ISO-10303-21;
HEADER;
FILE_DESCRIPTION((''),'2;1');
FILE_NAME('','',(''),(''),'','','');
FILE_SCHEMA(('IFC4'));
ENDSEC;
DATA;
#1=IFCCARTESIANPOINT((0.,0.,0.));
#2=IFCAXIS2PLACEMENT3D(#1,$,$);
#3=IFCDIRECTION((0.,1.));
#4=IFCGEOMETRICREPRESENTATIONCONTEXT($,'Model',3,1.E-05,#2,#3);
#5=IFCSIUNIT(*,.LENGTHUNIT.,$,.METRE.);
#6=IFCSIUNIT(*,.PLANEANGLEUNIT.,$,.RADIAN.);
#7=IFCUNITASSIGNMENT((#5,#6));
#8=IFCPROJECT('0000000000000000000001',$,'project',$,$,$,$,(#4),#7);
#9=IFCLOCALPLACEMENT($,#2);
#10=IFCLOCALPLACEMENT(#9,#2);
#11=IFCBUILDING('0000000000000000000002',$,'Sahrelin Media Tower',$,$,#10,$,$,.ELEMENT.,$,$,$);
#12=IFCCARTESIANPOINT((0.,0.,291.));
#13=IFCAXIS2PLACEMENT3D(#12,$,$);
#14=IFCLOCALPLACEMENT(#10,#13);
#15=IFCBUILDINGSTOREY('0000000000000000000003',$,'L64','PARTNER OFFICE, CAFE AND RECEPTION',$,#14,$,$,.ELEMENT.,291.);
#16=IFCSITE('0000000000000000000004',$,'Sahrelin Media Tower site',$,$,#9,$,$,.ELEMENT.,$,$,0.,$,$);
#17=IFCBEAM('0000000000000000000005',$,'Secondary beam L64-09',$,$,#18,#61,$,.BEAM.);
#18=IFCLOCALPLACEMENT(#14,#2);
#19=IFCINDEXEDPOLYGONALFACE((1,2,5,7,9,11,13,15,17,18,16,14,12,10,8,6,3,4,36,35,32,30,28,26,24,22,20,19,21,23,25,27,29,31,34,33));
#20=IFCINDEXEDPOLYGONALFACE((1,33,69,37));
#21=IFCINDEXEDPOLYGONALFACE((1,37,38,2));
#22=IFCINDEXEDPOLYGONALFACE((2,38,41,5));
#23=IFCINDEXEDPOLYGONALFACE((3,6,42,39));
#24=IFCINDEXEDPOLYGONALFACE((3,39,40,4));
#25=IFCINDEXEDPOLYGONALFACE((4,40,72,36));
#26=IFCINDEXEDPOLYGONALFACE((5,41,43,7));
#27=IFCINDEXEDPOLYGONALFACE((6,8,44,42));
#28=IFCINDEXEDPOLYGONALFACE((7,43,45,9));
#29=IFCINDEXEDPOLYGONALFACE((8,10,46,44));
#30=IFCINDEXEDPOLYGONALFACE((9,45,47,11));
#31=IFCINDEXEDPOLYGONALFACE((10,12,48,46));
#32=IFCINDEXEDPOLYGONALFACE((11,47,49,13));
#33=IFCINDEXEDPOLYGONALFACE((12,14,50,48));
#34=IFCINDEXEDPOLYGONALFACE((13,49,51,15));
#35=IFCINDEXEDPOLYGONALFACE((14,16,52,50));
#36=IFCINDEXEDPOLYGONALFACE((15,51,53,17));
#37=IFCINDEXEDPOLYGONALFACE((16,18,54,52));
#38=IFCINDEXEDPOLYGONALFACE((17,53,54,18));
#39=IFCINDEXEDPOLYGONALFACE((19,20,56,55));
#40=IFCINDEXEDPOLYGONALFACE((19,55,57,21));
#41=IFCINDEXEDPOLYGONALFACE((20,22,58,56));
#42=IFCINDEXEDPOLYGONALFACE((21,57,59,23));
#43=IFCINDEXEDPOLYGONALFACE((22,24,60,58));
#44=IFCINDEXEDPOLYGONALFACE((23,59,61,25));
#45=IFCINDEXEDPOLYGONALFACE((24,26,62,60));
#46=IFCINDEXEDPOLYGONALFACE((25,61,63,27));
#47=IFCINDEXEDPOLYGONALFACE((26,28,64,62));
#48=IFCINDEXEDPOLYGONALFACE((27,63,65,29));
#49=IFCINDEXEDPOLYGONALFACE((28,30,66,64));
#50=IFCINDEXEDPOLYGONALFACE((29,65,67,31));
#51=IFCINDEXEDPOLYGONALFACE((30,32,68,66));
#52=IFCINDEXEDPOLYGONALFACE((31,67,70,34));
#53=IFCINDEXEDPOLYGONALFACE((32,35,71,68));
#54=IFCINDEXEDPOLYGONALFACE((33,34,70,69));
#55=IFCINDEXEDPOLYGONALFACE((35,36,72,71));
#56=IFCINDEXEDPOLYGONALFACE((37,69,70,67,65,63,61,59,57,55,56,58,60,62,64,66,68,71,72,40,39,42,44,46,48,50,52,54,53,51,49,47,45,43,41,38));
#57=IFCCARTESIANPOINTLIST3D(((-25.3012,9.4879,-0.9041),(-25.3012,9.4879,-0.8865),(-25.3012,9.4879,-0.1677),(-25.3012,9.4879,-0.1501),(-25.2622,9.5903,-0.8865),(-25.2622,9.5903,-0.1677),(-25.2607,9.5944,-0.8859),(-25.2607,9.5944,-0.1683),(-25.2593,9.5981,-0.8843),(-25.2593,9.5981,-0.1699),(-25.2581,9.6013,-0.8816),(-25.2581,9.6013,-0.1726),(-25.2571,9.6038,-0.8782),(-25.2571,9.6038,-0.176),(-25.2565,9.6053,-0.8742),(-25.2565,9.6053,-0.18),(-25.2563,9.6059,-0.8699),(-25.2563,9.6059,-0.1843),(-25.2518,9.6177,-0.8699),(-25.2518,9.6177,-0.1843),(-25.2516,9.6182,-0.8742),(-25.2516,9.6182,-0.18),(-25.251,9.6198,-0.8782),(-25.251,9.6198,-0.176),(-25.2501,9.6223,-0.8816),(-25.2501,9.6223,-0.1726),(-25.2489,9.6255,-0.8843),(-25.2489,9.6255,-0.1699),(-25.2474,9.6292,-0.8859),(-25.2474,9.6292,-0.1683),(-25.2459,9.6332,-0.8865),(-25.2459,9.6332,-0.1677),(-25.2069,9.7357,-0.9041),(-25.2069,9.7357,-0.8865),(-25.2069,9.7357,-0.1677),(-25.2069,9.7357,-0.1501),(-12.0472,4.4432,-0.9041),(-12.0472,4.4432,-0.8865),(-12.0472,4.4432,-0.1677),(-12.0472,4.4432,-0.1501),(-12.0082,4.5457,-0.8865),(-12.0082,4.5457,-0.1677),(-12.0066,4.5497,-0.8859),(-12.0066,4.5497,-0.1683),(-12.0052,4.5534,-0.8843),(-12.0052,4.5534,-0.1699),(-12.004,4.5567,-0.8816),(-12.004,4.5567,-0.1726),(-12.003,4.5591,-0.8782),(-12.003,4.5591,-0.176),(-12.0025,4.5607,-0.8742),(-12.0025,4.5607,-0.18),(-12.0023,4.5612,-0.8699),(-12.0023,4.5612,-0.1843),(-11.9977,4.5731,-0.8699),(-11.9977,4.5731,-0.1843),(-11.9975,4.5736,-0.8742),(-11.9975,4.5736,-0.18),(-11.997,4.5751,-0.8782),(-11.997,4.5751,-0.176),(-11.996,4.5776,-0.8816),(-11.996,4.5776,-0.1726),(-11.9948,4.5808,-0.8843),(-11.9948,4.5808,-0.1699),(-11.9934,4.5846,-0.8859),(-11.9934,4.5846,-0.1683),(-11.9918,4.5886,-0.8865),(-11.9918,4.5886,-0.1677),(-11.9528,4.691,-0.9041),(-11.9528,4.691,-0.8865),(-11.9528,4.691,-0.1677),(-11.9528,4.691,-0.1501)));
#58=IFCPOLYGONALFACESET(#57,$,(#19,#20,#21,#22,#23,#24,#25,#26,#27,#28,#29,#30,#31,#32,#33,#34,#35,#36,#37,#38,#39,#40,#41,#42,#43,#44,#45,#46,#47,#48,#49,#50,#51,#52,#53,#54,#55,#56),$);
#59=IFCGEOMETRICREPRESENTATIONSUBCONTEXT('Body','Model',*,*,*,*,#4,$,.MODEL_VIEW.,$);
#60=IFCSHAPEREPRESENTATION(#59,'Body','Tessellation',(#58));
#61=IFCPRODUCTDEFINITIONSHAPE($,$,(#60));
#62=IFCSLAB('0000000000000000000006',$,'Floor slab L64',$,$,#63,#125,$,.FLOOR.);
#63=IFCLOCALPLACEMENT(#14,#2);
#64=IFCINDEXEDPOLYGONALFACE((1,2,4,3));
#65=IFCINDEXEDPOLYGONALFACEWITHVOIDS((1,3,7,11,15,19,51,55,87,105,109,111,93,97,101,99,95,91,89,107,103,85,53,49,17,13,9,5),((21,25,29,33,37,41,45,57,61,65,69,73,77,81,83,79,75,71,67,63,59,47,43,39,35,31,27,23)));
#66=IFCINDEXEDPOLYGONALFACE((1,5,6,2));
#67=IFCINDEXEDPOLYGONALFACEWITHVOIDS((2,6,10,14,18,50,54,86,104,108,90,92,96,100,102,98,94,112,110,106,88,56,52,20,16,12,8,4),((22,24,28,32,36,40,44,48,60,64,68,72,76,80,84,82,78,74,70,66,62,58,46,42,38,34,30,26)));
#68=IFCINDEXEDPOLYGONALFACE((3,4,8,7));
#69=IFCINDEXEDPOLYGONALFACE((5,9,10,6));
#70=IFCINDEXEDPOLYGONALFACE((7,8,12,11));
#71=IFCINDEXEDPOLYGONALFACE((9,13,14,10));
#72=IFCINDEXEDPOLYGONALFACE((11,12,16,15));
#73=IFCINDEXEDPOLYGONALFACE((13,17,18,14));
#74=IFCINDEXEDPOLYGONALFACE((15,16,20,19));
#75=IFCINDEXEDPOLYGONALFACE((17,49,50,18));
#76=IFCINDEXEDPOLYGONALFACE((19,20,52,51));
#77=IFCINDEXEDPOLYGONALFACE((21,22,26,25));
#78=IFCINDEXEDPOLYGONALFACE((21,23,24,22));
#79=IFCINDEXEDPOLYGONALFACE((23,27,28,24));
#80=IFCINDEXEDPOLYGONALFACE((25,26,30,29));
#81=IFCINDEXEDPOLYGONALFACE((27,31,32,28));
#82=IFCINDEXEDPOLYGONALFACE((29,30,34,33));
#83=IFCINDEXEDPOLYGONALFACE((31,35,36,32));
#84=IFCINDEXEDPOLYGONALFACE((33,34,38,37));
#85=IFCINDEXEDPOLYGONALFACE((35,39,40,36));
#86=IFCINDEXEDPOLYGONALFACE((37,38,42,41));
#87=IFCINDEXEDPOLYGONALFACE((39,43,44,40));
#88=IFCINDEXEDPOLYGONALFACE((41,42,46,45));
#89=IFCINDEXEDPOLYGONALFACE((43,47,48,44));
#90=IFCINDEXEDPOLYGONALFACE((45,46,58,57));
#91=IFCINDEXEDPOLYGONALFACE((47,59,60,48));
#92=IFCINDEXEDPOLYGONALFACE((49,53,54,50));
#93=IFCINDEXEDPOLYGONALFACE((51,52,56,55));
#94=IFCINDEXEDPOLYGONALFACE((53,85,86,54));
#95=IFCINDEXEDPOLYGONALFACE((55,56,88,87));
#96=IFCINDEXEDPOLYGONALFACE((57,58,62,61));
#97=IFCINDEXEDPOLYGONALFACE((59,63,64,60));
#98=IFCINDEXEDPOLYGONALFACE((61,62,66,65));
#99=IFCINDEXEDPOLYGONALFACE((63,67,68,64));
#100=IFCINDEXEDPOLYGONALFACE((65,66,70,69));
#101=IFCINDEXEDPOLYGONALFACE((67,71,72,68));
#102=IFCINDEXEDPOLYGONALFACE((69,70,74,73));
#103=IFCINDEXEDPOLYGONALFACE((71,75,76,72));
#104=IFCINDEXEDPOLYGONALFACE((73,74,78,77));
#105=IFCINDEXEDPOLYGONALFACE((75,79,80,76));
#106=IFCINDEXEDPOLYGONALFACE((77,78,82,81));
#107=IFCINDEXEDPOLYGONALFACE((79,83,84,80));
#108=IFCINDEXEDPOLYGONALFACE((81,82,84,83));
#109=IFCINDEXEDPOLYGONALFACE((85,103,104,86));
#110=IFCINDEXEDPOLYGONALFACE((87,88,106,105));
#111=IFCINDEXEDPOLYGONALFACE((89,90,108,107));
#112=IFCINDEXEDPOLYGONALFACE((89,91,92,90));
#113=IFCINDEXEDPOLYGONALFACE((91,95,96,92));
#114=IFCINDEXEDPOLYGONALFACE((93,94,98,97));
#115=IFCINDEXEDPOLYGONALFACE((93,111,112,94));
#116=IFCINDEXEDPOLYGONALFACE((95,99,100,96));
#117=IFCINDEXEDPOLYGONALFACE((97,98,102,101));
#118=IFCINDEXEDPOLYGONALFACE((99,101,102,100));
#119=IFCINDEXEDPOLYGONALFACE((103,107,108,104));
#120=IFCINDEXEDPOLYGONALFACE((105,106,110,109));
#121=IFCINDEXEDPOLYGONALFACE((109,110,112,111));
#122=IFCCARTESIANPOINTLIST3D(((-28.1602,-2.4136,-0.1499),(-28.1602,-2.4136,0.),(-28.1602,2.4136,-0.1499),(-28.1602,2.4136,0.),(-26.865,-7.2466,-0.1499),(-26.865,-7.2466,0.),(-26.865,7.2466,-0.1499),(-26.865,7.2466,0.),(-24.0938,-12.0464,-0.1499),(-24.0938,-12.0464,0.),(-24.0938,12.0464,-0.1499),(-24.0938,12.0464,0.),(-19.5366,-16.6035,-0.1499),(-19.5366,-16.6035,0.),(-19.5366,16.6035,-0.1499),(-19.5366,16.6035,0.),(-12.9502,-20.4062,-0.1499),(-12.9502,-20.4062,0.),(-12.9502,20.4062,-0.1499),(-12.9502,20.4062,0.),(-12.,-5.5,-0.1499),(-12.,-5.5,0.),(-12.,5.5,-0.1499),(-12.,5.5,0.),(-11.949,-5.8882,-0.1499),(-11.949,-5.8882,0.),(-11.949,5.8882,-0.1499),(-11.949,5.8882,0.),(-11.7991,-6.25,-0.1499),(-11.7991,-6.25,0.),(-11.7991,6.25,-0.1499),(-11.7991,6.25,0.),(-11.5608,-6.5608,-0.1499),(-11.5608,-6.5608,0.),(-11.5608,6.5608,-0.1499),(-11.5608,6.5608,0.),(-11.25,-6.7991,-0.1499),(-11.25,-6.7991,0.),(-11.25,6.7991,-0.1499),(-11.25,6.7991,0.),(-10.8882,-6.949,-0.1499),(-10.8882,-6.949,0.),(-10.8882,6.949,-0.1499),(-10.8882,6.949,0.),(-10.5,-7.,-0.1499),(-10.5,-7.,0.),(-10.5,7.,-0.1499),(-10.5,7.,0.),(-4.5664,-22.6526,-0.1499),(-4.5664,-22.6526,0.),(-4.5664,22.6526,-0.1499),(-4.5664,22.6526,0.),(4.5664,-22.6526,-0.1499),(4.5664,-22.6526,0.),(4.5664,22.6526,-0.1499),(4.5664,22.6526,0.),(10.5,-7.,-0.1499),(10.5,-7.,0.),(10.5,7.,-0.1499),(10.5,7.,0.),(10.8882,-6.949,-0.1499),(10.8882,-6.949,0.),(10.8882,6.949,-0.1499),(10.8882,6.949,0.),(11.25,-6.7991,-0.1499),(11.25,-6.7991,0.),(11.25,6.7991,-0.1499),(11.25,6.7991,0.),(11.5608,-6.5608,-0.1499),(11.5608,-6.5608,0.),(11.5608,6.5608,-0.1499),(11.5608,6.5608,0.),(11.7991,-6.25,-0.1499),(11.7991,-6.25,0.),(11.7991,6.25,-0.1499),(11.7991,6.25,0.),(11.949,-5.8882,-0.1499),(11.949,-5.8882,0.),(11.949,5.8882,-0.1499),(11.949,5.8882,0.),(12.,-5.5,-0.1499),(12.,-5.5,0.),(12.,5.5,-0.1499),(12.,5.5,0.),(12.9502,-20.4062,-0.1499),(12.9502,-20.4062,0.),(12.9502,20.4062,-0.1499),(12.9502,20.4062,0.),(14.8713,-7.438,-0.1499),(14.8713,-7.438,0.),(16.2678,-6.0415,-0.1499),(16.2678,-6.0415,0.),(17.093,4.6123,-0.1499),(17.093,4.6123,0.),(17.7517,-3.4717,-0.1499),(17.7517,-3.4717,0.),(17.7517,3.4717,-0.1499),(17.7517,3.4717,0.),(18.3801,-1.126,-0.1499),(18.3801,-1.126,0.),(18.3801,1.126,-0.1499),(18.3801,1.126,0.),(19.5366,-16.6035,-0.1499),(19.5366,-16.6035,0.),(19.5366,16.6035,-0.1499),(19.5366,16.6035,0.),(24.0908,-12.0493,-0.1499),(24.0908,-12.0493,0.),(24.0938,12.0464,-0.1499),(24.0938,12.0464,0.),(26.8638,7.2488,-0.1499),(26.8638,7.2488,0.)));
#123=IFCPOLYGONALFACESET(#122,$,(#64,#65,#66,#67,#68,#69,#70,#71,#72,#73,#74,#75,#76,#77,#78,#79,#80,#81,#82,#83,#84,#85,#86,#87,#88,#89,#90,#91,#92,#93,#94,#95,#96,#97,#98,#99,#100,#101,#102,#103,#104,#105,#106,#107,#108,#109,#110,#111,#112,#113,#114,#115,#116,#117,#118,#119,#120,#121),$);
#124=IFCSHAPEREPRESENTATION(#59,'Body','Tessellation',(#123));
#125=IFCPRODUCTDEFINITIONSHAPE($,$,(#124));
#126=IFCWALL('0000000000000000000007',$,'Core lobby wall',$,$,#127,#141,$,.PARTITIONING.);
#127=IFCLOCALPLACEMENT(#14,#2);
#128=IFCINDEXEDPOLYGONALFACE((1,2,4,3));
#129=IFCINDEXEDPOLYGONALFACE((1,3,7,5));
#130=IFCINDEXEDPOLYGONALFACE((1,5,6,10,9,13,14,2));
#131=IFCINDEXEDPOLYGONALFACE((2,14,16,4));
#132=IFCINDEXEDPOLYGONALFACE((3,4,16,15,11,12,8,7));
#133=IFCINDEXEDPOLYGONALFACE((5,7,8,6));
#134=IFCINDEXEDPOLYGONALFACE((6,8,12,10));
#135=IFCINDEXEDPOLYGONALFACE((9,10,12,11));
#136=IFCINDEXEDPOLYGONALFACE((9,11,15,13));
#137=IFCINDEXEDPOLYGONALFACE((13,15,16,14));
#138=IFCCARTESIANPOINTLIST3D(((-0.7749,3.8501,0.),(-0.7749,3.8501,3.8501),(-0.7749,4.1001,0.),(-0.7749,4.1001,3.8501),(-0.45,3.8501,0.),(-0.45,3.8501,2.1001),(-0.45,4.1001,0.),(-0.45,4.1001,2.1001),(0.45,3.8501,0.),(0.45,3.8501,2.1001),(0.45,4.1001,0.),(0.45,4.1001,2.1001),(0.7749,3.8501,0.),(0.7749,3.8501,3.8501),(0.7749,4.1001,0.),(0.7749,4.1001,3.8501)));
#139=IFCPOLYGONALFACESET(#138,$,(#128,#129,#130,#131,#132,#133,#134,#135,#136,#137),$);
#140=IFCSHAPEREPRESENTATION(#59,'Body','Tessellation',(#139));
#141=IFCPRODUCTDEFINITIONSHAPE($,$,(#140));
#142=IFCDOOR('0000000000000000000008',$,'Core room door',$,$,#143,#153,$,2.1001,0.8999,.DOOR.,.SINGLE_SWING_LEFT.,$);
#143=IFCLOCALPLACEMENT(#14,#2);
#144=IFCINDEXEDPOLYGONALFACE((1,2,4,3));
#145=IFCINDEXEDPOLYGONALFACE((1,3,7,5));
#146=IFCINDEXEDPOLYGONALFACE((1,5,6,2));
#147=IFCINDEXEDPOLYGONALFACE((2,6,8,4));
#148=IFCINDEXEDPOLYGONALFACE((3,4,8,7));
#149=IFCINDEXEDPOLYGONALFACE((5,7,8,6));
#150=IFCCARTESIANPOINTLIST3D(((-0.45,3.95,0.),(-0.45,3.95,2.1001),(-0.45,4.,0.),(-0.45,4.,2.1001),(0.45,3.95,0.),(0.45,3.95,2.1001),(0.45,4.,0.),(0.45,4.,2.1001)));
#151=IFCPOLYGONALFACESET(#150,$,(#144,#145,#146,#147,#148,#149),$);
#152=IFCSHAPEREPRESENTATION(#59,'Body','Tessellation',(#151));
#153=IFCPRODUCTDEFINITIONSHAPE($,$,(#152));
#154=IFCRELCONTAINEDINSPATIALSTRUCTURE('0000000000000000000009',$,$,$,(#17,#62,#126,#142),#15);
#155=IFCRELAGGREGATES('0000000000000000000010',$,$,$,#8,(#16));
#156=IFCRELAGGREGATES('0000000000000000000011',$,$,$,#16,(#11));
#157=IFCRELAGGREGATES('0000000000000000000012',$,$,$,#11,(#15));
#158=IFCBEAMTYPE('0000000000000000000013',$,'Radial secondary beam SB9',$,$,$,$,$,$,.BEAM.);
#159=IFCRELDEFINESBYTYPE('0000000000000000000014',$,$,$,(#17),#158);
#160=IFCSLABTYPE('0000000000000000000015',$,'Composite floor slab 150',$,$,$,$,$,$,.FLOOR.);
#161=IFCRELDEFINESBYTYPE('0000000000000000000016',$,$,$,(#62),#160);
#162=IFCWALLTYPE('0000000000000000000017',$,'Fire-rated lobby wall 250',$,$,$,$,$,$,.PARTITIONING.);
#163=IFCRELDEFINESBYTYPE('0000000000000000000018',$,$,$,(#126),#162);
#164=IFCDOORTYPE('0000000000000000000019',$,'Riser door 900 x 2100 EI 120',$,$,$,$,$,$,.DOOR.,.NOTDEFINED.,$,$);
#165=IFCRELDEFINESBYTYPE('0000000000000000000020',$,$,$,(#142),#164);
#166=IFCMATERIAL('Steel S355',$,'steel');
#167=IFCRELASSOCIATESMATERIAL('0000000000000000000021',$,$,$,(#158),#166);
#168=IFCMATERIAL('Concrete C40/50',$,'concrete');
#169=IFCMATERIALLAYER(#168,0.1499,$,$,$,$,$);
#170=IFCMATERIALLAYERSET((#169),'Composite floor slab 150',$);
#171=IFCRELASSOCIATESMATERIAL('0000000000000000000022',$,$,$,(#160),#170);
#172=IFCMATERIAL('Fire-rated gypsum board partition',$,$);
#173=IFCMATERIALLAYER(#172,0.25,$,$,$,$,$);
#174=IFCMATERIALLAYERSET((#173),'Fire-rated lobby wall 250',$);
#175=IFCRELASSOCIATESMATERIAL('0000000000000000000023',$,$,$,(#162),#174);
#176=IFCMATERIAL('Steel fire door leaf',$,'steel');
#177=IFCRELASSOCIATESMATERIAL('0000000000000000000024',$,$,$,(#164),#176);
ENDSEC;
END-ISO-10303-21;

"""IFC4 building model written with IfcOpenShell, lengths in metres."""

from ifc_helpers import new_model, si_unit, direction, frame, frame_2d, origin, origin_2d, place, context, subcontext, project, spatial, polyline, rectangle, i_section, outline, extrude, material, layer, layer_set, material_profile, profile_set, type_object, element, fill, save


model = new_model("IFC4")

# Units and contexts
model_context = context("Model", 3, precision=1e-05, world=origin(), true_north=direction((0.0, 1.0)))
body_context = subcontext(model_context, "Body", "Model", "MODEL_VIEW")
ifc_project = project(units=[si_unit("LENGTHUNIT", "METRE"), si_unit("PLANEANGLEUNIT", "RADIAN")], contexts=[model_context])

# Site, building, storey
site_placement = place(None, origin())
site = spatial("IfcSite", under=ifc_project, at=site_placement, Name="Sahrelin Media Tower site", CompositionType="ELEMENT", RefElevation=0.0)
building_placement = place(site_placement, origin())
building = spatial("IfcBuilding", under=site, at=building_placement, Name="Sahrelin Media Tower", CompositionType="ELEMENT")
storey_placement = place(building_placement, frame((0.0, 0.0, 291.0)))
storey = spatial("IfcBuildingStorey", under=building, at=storey_placement, Name="L64", Description="PARTNER OFFICE, CAFE AND RECEPTION", CompositionType="ELEMENT", Elevation=291.0)

# Beam
ifc_material_1 = material(Name="Steel S355", Category="steel")
ifc_material_profile_1 = material_profile(ifc_material_1, i_section(OverallWidth=0.2651, OverallDepth=0.7539, WebThickness=0.0127, FlangeThickness=0.0176, FilletRadius=0.0166, at=origin_2d()), Name="UB 762x267x147")
ifc_profile_set_1 = profile_set([ifc_material_profile_1], Name="Steel S355")
beam_type_1 = type_object("IfcBeamType", Name="Radial secondary beam SB9", PredefinedType="BEAM", material=ifc_profile_set_1)
beam_1_placement = place(storey_placement, frame((-12.0, 4.5671, -0.5271), z_axis=(-0.934594, 0.355717, 0.0), x_axis=(-0.355717, -0.934594, 0.0)))
element("IfcBeam", 1, at=beam_1_placement, inside=storey, type_object=beam_type_1, Name="Secondary beam L64-09", PredefinedType="BEAM", context=body_context, shape_type="SweptSolid", body=[
    extrude(i_section(OverallWidth=0.2651, OverallDepth=0.7539, WebThickness=0.0127, FlangeThickness=0.0176, FilletRadius=0.0166, at=origin_2d()), origin(), (0.0, 0.0, 1.0), 14.1816),
])

# Slab
ifc_material_2 = material(Name="Concrete C40/50", Category="concrete")
ifc_layer_1 = layer(ifc_material_2, 0.1499)
ifc_layer_set_1 = layer_set([ifc_layer_1], Name="Composite floor slab 150")
slab_type = type_object("IfcSlabType", Name="Composite floor slab 150", PredefinedType="FLOOR", material=ifc_layer_set_1)
slab_placement = place(storey_placement, frame((0.0, 0.0, -0.1499)))
element("IfcSlab", 2, at=slab_placement, inside=storey, type_object=slab_type, Name="Floor slab L64", PredefinedType="FLOOR", context=body_context, shape_type="SweptSolid", body=[
    extrude(outline(polyline([(19.5366, -16.6035), (24.0908, -12.0493), (14.8713, -7.438), (16.2678, -6.0415), (17.7517, -3.4717), (18.3801, -1.126), (18.3801, 1.126), (17.7517, 3.4717), (17.093, 4.6123), (26.8638, 7.2488), (24.0938, 12.0464), (19.5366, 16.6035), (12.9502, 20.4062), (4.5664, 22.6526), (-4.5664, 22.6526), (-12.9502, 20.4062), (-19.5366, 16.6035), (-24.0938, 12.0464), (-26.865, 7.2466), (-28.1602, 2.4136), (-28.1602, -2.4136), (-26.865, -7.2466), (-24.0938, -12.0464), (-19.5366, -16.6035), (-12.9502, -20.4062), (-4.5664, -22.6526), (4.5664, -22.6526), (12.9502, -20.4062), (19.5366, -16.6035)]), holes=[polyline([(11.7991, 6.25), (11.949, 5.8882), (12.0, 5.5), (12.0, -5.5), (11.949, -5.8882), (11.7991, -6.25), (11.5608, -6.5608), (11.25, -6.7991), (10.8882, -6.949), (10.5, -7.0), (-10.5, -7.0), (-10.8882, -6.949), (-11.25, -6.7991), (-11.5608, -6.5608), (-11.7991, -6.25), (-11.949, -5.8882), (-12.0, -5.5), (-12.0, 5.5), (-11.949, 5.8882), (-11.7991, 6.25), (-11.5608, 6.5608), (-11.25, 6.7991), (-10.8882, 6.949), (-10.5, 7.0), (10.5, 7.0), (10.8882, 6.949), (11.25, 6.7991), (11.5608, 6.5608), (11.7991, 6.25)])]), origin(), (0.0, 0.0, 1.0), 0.1499),
])

# Wall, opening, door
ifc_material_3 = material(Name="Fire-rated gypsum board partition")
ifc_layer_2 = layer(ifc_material_3, 0.25)
ifc_layer_set_2 = layer_set([ifc_layer_2], Name="Fire-rated lobby wall 250")
wall_type_1 = type_object("IfcWallType", Name="Fire-rated lobby wall 250", PredefinedType="PARTITIONING", material=ifc_layer_set_2)
wall_1_placement = place(storey_placement, frame((-0.7749, 3.9751, 0.0), z_axis=(0.0, 0.0, 1.0), x_axis=(1.0, 0.0, 0.0)))
wall_1 = element("IfcWall", 3, at=wall_1_placement, inside=storey, type_object=wall_type_1, Name="Core lobby wall", PredefinedType="PARTITIONING", context=body_context, shape_type="SweptSolid", body=[
    extrude(rectangle(XDim=1.5498, YDim=0.25, at=frame_2d((0.7749, 0.0))), origin(), (0.0, 0.0, 1.0), 3.8501),
])
opening_1_placement = place(wall_1_placement, frame((0.325, 0.0, 0.0)))
opening_1 = element("IfcOpeningElement", 4, at=opening_1_placement, cuts=wall_1, PredefinedType="OPENING", context=body_context, shape_type="SweptSolid", body=[
    extrude(rectangle(XDim=0.8999, YDim=2.1001, at=frame_2d((0.45, 1.05))), frame((0.0, 0.125, 0.0), z_axis=(0.0, -1.0, 0.0), x_axis=(1.0, 0.0, 0.0)), (0.0, 0.0, 1.0), 0.25),
])
ifc_material_4 = material(Name="Steel fire door leaf", Category="steel")
door_type_1 = type_object("IfcDoorType", Name="Riser door 900 x 2100 EI 120", OperationType="NOTDEFINED", PredefinedType="DOOR", material=ifc_material_4)
door_1_placement = place(opening_1_placement, origin())
door_1 = element("IfcDoor", 5, at=door_1_placement, inside=storey, type_object=door_type_1, Name="Core room door", OperationType="SINGLE_SWING_LEFT", OverallHeight=2.1001, OverallWidth=0.8999, PredefinedType="DOOR", context=body_context, shape_type="SweptSolid", body=[
    extrude(rectangle(XDim=0.8999, YDim=2.1001, at=frame_2d((0.45, 1.05))), frame((0.0, 0.0249, 0.0), z_axis=(0.0, -1.0, 0.0), x_axis=(1.0, 0.0, 0.0)), (0.0, 0.0, 1.0), 0.05),
])
fill(opening_1, door_1)

save(model, "model.ifc")
